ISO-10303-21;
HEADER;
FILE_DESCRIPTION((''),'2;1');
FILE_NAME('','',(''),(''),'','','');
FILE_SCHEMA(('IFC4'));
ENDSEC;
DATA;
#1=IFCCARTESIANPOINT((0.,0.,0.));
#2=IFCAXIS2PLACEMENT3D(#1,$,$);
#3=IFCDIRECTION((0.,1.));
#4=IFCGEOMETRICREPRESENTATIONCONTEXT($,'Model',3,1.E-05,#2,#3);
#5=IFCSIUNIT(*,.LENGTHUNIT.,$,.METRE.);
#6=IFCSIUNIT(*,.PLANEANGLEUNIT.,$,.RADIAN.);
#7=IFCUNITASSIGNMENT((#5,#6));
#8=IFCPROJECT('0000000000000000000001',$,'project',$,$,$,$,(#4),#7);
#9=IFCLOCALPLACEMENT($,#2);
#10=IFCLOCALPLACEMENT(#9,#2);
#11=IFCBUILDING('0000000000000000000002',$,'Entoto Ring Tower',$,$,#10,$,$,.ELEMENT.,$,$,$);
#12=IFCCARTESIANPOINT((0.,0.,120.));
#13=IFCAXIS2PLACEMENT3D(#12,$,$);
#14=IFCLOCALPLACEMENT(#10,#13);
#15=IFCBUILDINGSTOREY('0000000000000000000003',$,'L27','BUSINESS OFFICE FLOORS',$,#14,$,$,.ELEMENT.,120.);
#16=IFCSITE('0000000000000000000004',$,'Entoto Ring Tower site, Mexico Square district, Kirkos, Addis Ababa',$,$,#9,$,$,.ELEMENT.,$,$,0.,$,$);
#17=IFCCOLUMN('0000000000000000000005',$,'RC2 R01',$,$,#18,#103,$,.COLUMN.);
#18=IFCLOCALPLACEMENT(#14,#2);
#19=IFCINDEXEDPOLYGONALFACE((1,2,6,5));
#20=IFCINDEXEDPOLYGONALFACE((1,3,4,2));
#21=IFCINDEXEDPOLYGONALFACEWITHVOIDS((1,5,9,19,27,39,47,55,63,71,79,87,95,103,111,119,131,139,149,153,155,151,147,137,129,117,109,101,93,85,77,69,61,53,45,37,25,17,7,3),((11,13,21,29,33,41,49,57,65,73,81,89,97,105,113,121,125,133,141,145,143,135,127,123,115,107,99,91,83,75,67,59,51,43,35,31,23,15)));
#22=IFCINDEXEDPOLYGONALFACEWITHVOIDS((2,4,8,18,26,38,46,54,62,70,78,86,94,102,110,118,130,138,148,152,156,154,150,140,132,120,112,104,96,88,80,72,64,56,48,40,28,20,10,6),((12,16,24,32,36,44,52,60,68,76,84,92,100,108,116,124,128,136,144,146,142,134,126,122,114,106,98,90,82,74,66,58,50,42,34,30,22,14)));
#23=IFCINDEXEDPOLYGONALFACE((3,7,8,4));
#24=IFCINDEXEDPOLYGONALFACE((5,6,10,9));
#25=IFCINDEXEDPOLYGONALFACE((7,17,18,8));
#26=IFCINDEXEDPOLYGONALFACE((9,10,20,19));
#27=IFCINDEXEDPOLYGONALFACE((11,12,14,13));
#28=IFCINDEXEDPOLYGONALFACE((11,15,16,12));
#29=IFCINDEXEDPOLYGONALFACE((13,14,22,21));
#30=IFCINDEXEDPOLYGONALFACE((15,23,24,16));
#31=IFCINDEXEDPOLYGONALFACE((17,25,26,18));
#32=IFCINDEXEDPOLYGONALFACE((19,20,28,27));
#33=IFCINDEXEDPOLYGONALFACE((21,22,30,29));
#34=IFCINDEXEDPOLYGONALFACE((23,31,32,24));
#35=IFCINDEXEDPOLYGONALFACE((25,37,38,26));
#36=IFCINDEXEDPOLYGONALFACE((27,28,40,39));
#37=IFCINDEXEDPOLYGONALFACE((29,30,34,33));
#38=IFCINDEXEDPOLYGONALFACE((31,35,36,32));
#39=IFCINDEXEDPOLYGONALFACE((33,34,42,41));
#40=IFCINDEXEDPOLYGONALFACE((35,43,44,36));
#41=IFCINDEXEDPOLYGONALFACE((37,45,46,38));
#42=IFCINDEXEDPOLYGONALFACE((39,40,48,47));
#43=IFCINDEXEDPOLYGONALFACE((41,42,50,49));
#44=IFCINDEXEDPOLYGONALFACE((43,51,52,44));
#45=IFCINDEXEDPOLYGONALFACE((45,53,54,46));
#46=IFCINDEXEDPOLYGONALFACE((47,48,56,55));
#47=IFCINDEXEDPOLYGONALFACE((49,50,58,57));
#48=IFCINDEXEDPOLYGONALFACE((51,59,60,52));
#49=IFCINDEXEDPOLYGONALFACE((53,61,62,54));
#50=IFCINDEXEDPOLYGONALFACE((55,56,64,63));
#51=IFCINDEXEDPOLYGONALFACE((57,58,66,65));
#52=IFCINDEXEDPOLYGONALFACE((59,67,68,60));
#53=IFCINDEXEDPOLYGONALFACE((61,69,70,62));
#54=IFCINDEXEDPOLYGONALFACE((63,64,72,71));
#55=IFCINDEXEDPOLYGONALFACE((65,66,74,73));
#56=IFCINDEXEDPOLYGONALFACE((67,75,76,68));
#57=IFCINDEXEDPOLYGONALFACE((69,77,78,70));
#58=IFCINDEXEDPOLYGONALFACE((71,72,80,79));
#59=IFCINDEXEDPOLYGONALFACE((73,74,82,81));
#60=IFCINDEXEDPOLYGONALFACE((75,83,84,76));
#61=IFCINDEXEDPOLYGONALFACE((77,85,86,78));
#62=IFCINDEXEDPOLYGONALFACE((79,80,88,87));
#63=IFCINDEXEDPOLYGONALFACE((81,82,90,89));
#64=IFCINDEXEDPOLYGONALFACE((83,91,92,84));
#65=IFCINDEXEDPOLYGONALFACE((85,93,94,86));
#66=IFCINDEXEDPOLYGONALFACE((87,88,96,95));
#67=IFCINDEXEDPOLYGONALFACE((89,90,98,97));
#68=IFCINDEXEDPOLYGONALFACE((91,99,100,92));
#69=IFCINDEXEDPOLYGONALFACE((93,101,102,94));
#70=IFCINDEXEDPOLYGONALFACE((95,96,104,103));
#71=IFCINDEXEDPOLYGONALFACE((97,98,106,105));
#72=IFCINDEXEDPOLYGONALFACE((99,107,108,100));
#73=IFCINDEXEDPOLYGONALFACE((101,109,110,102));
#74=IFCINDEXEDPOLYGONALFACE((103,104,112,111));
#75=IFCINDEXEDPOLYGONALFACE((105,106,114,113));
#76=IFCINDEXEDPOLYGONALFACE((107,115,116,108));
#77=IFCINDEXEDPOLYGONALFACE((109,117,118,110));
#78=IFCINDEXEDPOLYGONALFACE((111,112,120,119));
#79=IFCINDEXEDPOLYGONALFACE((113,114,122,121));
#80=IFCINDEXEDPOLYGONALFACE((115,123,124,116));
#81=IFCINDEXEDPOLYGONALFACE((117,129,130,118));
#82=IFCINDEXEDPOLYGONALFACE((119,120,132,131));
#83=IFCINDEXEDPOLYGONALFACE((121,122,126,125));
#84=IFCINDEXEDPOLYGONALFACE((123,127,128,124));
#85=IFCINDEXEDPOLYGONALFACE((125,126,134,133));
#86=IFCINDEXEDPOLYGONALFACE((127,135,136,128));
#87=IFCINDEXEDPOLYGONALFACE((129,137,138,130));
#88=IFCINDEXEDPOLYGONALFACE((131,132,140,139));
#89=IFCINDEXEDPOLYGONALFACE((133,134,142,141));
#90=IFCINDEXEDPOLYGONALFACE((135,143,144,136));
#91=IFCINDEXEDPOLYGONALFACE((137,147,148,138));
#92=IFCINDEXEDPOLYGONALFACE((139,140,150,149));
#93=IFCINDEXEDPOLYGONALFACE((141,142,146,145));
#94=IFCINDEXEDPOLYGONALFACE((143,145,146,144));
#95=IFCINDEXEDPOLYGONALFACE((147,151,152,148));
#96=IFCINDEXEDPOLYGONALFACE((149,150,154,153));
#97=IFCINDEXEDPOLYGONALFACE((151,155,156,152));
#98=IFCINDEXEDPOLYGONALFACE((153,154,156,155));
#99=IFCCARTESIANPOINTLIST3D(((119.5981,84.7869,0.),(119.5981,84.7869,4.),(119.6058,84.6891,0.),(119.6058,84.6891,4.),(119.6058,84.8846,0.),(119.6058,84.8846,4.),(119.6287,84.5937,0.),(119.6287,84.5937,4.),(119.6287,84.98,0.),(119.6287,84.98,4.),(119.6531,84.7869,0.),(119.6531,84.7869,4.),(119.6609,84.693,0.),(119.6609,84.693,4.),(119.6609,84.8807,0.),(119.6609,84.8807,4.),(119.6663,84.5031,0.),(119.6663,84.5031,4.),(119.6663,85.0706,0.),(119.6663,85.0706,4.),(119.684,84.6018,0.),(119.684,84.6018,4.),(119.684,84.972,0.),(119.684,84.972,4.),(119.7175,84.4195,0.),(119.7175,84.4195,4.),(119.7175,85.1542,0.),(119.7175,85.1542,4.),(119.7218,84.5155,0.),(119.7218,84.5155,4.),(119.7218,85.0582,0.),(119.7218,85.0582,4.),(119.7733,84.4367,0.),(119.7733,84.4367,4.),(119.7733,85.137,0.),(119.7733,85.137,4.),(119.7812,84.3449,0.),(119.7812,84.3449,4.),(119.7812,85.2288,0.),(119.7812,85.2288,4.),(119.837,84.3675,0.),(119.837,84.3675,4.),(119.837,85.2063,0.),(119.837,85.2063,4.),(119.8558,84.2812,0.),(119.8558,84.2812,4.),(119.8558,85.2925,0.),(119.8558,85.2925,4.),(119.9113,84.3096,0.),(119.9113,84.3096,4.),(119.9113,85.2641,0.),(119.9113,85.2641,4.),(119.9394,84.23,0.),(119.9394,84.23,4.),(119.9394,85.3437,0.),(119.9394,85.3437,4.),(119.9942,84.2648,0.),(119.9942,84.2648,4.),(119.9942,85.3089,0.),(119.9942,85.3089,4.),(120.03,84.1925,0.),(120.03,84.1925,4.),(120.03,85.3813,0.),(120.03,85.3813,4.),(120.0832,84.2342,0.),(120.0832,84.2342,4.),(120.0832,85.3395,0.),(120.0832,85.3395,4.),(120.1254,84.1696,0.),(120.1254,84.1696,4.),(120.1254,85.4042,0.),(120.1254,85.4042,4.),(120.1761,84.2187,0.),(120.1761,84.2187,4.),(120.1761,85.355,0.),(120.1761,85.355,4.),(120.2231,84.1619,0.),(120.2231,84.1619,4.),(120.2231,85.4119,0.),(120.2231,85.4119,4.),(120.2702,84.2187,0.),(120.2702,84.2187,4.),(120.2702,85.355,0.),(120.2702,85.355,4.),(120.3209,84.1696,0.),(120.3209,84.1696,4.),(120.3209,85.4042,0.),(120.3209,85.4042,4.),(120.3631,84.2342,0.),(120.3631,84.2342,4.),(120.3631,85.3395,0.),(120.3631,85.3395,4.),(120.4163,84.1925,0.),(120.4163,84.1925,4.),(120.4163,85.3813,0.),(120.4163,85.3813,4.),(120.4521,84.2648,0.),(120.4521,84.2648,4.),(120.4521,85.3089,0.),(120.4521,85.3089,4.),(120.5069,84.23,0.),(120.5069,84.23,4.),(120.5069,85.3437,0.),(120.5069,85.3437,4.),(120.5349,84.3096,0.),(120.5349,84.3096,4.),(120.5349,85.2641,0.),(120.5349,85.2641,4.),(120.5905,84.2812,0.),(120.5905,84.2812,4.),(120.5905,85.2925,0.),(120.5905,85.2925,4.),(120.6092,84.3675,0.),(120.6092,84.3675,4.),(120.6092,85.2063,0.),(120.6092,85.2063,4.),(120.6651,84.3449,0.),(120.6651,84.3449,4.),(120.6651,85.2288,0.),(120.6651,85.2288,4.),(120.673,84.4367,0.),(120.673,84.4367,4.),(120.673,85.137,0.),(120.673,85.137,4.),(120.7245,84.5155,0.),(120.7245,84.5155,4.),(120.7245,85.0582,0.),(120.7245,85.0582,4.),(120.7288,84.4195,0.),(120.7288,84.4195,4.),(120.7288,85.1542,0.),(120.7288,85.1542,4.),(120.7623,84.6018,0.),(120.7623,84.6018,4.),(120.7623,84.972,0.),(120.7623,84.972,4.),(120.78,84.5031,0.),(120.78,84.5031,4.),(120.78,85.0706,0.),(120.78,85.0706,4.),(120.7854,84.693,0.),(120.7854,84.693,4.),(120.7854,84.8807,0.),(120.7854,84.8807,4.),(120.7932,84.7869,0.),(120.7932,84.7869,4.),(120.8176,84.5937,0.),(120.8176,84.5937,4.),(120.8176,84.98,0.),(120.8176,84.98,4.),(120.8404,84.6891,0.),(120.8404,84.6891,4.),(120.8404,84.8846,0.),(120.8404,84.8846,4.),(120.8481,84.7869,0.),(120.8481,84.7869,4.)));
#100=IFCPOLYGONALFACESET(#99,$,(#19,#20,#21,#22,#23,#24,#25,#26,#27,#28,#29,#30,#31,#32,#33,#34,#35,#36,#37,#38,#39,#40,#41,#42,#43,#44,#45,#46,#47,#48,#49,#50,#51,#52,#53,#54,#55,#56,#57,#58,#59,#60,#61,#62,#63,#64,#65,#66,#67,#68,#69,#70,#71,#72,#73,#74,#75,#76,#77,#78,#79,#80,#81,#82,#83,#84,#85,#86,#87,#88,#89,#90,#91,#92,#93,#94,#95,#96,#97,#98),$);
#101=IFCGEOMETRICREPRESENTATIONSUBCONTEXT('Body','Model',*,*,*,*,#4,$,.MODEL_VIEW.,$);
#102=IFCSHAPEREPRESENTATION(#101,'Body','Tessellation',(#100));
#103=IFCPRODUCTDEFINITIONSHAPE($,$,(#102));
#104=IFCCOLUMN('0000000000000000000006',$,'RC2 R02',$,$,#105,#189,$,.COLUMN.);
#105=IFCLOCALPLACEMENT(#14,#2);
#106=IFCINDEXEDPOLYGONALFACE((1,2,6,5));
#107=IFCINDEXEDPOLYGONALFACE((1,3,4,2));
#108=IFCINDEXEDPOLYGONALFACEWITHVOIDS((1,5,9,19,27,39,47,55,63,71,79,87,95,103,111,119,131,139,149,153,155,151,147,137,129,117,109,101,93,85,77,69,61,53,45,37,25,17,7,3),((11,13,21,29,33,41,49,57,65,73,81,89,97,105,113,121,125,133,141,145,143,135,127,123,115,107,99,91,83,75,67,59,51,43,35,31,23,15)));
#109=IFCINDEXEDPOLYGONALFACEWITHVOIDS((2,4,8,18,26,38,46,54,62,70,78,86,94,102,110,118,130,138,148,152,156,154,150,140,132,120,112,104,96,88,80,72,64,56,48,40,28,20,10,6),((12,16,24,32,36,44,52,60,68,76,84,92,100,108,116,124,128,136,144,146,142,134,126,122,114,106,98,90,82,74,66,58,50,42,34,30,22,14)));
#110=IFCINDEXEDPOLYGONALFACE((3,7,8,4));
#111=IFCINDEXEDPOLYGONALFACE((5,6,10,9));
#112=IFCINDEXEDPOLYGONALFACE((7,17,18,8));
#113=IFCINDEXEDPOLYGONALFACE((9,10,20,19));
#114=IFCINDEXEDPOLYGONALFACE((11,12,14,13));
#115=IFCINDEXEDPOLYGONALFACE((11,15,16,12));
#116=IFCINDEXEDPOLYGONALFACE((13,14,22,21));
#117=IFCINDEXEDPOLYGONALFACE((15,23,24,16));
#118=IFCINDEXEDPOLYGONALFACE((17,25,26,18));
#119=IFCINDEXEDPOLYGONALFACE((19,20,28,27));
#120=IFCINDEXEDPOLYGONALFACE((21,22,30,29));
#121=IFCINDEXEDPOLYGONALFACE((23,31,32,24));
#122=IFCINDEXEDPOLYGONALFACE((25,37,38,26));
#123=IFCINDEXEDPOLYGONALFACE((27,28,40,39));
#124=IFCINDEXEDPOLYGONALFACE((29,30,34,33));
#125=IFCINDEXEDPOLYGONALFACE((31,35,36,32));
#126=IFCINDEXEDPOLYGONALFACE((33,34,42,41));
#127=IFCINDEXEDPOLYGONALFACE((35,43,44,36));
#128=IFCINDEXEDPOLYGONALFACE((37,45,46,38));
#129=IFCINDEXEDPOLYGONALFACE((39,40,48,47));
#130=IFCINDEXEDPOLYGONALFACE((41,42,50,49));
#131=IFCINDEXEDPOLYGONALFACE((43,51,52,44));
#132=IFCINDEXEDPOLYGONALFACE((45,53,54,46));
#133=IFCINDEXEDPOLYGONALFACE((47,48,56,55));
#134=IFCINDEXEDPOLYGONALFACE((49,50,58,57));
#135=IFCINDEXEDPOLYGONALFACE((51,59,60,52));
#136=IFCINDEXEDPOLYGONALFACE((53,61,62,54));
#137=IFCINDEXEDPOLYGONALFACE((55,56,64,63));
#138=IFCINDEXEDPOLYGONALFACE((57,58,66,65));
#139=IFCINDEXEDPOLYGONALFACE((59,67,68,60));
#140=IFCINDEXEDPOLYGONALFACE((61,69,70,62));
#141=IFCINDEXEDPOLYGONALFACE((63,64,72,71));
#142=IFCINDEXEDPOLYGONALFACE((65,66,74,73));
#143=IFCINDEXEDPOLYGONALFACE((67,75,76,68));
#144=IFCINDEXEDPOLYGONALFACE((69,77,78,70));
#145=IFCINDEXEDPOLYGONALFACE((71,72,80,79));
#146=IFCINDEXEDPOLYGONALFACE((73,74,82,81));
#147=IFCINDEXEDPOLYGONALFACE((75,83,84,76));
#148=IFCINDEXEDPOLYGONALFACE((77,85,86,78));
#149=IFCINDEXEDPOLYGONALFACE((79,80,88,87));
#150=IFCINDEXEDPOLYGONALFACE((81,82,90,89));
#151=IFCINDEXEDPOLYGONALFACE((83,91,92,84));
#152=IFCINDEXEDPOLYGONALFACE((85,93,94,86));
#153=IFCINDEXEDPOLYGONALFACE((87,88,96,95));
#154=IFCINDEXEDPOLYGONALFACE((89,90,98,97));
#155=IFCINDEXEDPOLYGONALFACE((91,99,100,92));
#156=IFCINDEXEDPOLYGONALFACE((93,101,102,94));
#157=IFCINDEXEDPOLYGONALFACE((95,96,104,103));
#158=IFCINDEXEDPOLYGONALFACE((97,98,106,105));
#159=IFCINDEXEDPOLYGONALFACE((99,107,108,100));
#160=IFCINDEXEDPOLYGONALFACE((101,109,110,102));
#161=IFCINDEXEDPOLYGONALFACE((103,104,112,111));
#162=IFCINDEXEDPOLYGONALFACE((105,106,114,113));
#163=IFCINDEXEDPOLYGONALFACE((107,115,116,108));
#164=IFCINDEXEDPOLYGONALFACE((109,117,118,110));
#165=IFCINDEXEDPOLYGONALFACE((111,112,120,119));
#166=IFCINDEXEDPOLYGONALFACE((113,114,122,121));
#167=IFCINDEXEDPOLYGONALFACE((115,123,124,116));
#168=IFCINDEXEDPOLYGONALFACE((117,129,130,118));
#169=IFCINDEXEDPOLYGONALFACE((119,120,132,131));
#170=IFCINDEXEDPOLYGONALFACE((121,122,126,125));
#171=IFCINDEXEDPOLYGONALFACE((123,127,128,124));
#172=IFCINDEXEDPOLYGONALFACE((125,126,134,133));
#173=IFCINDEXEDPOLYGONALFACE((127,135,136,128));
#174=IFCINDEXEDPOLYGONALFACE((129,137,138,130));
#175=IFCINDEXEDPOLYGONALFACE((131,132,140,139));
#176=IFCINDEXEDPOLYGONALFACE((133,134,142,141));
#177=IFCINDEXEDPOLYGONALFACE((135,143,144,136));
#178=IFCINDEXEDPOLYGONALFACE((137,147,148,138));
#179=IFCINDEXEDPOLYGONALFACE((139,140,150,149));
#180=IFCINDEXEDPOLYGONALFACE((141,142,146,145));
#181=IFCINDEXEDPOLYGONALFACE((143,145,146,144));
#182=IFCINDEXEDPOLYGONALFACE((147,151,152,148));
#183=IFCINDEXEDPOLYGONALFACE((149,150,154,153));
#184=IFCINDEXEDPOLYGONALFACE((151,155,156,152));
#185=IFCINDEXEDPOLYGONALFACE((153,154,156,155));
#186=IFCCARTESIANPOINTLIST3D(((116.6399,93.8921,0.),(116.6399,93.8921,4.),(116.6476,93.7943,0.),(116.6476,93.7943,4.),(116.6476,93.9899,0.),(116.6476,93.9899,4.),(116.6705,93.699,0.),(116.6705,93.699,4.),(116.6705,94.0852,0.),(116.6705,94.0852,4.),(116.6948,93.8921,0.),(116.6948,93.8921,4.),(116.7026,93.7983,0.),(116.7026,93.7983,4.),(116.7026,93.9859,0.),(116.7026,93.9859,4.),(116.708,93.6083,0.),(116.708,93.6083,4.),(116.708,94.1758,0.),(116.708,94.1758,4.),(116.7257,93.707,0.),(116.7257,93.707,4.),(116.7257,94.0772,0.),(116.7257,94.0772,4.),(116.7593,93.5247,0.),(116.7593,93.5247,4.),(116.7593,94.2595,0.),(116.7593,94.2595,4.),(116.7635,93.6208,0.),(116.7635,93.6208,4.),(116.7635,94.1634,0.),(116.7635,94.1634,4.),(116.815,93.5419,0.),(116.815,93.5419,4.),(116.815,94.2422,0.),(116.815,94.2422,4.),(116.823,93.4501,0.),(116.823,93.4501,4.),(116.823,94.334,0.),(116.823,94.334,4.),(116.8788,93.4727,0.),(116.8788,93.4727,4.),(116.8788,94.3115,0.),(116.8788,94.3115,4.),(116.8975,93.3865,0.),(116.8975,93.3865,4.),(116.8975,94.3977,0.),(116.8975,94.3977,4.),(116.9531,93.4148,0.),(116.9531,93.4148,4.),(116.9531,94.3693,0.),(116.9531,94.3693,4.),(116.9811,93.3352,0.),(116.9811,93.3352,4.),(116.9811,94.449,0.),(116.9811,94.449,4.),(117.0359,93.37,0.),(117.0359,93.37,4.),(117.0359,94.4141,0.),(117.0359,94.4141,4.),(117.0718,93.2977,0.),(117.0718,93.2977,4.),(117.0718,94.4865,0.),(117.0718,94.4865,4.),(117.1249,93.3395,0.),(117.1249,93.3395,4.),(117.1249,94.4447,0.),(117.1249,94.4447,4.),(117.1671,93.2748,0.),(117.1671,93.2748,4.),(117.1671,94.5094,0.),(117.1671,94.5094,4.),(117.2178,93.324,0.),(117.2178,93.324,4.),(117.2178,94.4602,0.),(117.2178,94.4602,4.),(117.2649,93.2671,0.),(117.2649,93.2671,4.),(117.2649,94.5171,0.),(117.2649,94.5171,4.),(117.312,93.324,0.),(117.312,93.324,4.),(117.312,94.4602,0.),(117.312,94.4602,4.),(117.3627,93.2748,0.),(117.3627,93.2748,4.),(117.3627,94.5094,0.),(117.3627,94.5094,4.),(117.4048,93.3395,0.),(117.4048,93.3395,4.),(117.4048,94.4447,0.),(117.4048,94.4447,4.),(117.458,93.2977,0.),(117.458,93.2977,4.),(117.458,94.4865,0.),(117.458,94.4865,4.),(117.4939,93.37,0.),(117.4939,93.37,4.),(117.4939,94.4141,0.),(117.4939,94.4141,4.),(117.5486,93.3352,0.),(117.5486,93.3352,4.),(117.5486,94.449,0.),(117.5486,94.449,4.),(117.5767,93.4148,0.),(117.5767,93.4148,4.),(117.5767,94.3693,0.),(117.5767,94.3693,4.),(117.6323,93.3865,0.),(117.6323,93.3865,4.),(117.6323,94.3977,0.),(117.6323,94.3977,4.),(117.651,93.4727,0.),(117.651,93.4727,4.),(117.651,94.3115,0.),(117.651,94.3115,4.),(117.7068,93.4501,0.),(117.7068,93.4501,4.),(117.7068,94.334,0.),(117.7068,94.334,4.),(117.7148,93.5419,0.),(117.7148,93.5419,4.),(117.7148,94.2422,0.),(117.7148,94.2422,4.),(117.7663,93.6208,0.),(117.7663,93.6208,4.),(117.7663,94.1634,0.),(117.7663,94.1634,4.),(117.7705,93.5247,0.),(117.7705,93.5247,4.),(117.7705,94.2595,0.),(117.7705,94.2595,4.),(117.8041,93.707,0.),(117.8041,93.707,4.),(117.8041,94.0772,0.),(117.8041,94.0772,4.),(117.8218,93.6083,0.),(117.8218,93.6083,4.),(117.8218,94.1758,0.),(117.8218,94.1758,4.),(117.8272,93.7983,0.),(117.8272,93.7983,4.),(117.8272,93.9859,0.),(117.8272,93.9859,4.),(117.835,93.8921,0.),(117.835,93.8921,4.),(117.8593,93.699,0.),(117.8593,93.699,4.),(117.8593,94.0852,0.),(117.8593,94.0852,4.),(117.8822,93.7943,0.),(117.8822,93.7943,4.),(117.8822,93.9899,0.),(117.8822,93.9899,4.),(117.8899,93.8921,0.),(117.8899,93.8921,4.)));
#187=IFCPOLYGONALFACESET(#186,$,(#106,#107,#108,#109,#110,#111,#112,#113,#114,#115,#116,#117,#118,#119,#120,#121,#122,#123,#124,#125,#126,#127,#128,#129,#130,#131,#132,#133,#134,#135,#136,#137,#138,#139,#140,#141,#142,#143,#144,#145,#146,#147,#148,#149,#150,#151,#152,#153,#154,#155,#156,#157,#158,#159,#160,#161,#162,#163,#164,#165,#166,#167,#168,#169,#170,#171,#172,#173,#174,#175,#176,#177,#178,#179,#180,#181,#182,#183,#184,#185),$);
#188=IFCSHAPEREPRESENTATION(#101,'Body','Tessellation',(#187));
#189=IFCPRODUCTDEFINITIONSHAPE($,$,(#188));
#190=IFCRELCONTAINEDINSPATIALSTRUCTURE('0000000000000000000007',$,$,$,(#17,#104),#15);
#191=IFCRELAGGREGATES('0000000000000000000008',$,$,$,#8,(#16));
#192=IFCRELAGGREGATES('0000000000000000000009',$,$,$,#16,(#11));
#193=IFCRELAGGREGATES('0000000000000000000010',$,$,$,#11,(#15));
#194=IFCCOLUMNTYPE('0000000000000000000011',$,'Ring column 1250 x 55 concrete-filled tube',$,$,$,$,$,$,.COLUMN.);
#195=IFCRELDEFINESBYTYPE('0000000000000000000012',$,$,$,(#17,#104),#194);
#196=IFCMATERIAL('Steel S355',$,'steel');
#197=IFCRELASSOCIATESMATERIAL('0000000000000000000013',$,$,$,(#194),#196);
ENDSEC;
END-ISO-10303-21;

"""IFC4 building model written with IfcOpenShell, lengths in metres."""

from ifc_helpers import new_model, si_unit, direction, frame, origin, origin_2d, place, context, subcontext, project, spatial, circle, hollow_circle, extrude, material, material_profile, profile_set, type_object, element, save


model = new_model("IFC4")

# Units and contexts
model_context = context("Model", 3, precision=1e-05, world=origin(), true_north=direction((0.0, 1.0)))
body_context = subcontext(model_context, "Body", "Model", "MODEL_VIEW")
ifc_project = project(units=[si_unit("LENGTHUNIT", "METRE"), si_unit("PLANEANGLEUNIT", "RADIAN")], contexts=[model_context])

# Site, building, storey
site_placement = place(None, origin())
site = spatial("IfcSite", under=ifc_project, at=site_placement, Name="Entoto Ring Tower site, Mexico Square district, Kirkos, Addis Ababa", CompositionType="ELEMENT", RefElevation=0.0)
building_placement = place(site_placement, origin())
building = spatial("IfcBuilding", under=site, at=building_placement, Name="Entoto Ring Tower", CompositionType="ELEMENT")
storey_placement = place(building_placement, frame((0.0, 0.0, 120.0)))
storey = spatial("IfcBuildingStorey", under=building, at=storey_placement, Name="L27", Description="BUSINESS OFFICE FLOORS", CompositionType="ELEMENT", Elevation=120.0)

# Columns
ifc_material_1 = material(Name="Steel S355", Category="steel")
ifc_material_profile_1 = material_profile(ifc_material_1, hollow_circle(Radius=0.625, WallThickness=0.0549, at=origin_2d()), Name="CHS 1250 x 55")
ifc_material_2 = material(Name="Concrete C60/75", Category="concrete")
ifc_material_profile_2 = material_profile(ifc_material_2, circle(Radius=0.5701, at=origin_2d()), Name="Concrete C60/75 infill")
ifc_profile_set_1 = profile_set([ifc_material_profile_1, ifc_material_profile_2], Name="Steel S355")
column_type = type_object("IfcColumnType", Name="Ring column 1250 x 55 concrete-filled tube", PredefinedType="COLUMN", material=ifc_profile_set_1)
for number, where, z_axis, x_axis, name in (
    (1, (120.2231, 84.7869, 0.0), (0.0, 0.0, 1.0), (1.0, 0.0, 0.0), "RC2 R01"),
    (2, (117.2649, 93.8921, 0.0), (0.0, 0.0, 1.0), (1.0, 0.0, 0.0), "RC2 R02"),
):
    element("IfcColumn", number, at=place(storey_placement, frame(where, z_axis=z_axis, x_axis=x_axis)), inside=storey, type_object=column_type, Name=name, PredefinedType="COLUMN", context=body_context, shape_type="SweptSolid", body=[
        extrude(hollow_circle(Radius=0.625, WallThickness=0.0549, at=origin_2d()), origin(), (0.0, 0.0, 1.0), 4.0),
    ])

save(model, "model.ifc")
